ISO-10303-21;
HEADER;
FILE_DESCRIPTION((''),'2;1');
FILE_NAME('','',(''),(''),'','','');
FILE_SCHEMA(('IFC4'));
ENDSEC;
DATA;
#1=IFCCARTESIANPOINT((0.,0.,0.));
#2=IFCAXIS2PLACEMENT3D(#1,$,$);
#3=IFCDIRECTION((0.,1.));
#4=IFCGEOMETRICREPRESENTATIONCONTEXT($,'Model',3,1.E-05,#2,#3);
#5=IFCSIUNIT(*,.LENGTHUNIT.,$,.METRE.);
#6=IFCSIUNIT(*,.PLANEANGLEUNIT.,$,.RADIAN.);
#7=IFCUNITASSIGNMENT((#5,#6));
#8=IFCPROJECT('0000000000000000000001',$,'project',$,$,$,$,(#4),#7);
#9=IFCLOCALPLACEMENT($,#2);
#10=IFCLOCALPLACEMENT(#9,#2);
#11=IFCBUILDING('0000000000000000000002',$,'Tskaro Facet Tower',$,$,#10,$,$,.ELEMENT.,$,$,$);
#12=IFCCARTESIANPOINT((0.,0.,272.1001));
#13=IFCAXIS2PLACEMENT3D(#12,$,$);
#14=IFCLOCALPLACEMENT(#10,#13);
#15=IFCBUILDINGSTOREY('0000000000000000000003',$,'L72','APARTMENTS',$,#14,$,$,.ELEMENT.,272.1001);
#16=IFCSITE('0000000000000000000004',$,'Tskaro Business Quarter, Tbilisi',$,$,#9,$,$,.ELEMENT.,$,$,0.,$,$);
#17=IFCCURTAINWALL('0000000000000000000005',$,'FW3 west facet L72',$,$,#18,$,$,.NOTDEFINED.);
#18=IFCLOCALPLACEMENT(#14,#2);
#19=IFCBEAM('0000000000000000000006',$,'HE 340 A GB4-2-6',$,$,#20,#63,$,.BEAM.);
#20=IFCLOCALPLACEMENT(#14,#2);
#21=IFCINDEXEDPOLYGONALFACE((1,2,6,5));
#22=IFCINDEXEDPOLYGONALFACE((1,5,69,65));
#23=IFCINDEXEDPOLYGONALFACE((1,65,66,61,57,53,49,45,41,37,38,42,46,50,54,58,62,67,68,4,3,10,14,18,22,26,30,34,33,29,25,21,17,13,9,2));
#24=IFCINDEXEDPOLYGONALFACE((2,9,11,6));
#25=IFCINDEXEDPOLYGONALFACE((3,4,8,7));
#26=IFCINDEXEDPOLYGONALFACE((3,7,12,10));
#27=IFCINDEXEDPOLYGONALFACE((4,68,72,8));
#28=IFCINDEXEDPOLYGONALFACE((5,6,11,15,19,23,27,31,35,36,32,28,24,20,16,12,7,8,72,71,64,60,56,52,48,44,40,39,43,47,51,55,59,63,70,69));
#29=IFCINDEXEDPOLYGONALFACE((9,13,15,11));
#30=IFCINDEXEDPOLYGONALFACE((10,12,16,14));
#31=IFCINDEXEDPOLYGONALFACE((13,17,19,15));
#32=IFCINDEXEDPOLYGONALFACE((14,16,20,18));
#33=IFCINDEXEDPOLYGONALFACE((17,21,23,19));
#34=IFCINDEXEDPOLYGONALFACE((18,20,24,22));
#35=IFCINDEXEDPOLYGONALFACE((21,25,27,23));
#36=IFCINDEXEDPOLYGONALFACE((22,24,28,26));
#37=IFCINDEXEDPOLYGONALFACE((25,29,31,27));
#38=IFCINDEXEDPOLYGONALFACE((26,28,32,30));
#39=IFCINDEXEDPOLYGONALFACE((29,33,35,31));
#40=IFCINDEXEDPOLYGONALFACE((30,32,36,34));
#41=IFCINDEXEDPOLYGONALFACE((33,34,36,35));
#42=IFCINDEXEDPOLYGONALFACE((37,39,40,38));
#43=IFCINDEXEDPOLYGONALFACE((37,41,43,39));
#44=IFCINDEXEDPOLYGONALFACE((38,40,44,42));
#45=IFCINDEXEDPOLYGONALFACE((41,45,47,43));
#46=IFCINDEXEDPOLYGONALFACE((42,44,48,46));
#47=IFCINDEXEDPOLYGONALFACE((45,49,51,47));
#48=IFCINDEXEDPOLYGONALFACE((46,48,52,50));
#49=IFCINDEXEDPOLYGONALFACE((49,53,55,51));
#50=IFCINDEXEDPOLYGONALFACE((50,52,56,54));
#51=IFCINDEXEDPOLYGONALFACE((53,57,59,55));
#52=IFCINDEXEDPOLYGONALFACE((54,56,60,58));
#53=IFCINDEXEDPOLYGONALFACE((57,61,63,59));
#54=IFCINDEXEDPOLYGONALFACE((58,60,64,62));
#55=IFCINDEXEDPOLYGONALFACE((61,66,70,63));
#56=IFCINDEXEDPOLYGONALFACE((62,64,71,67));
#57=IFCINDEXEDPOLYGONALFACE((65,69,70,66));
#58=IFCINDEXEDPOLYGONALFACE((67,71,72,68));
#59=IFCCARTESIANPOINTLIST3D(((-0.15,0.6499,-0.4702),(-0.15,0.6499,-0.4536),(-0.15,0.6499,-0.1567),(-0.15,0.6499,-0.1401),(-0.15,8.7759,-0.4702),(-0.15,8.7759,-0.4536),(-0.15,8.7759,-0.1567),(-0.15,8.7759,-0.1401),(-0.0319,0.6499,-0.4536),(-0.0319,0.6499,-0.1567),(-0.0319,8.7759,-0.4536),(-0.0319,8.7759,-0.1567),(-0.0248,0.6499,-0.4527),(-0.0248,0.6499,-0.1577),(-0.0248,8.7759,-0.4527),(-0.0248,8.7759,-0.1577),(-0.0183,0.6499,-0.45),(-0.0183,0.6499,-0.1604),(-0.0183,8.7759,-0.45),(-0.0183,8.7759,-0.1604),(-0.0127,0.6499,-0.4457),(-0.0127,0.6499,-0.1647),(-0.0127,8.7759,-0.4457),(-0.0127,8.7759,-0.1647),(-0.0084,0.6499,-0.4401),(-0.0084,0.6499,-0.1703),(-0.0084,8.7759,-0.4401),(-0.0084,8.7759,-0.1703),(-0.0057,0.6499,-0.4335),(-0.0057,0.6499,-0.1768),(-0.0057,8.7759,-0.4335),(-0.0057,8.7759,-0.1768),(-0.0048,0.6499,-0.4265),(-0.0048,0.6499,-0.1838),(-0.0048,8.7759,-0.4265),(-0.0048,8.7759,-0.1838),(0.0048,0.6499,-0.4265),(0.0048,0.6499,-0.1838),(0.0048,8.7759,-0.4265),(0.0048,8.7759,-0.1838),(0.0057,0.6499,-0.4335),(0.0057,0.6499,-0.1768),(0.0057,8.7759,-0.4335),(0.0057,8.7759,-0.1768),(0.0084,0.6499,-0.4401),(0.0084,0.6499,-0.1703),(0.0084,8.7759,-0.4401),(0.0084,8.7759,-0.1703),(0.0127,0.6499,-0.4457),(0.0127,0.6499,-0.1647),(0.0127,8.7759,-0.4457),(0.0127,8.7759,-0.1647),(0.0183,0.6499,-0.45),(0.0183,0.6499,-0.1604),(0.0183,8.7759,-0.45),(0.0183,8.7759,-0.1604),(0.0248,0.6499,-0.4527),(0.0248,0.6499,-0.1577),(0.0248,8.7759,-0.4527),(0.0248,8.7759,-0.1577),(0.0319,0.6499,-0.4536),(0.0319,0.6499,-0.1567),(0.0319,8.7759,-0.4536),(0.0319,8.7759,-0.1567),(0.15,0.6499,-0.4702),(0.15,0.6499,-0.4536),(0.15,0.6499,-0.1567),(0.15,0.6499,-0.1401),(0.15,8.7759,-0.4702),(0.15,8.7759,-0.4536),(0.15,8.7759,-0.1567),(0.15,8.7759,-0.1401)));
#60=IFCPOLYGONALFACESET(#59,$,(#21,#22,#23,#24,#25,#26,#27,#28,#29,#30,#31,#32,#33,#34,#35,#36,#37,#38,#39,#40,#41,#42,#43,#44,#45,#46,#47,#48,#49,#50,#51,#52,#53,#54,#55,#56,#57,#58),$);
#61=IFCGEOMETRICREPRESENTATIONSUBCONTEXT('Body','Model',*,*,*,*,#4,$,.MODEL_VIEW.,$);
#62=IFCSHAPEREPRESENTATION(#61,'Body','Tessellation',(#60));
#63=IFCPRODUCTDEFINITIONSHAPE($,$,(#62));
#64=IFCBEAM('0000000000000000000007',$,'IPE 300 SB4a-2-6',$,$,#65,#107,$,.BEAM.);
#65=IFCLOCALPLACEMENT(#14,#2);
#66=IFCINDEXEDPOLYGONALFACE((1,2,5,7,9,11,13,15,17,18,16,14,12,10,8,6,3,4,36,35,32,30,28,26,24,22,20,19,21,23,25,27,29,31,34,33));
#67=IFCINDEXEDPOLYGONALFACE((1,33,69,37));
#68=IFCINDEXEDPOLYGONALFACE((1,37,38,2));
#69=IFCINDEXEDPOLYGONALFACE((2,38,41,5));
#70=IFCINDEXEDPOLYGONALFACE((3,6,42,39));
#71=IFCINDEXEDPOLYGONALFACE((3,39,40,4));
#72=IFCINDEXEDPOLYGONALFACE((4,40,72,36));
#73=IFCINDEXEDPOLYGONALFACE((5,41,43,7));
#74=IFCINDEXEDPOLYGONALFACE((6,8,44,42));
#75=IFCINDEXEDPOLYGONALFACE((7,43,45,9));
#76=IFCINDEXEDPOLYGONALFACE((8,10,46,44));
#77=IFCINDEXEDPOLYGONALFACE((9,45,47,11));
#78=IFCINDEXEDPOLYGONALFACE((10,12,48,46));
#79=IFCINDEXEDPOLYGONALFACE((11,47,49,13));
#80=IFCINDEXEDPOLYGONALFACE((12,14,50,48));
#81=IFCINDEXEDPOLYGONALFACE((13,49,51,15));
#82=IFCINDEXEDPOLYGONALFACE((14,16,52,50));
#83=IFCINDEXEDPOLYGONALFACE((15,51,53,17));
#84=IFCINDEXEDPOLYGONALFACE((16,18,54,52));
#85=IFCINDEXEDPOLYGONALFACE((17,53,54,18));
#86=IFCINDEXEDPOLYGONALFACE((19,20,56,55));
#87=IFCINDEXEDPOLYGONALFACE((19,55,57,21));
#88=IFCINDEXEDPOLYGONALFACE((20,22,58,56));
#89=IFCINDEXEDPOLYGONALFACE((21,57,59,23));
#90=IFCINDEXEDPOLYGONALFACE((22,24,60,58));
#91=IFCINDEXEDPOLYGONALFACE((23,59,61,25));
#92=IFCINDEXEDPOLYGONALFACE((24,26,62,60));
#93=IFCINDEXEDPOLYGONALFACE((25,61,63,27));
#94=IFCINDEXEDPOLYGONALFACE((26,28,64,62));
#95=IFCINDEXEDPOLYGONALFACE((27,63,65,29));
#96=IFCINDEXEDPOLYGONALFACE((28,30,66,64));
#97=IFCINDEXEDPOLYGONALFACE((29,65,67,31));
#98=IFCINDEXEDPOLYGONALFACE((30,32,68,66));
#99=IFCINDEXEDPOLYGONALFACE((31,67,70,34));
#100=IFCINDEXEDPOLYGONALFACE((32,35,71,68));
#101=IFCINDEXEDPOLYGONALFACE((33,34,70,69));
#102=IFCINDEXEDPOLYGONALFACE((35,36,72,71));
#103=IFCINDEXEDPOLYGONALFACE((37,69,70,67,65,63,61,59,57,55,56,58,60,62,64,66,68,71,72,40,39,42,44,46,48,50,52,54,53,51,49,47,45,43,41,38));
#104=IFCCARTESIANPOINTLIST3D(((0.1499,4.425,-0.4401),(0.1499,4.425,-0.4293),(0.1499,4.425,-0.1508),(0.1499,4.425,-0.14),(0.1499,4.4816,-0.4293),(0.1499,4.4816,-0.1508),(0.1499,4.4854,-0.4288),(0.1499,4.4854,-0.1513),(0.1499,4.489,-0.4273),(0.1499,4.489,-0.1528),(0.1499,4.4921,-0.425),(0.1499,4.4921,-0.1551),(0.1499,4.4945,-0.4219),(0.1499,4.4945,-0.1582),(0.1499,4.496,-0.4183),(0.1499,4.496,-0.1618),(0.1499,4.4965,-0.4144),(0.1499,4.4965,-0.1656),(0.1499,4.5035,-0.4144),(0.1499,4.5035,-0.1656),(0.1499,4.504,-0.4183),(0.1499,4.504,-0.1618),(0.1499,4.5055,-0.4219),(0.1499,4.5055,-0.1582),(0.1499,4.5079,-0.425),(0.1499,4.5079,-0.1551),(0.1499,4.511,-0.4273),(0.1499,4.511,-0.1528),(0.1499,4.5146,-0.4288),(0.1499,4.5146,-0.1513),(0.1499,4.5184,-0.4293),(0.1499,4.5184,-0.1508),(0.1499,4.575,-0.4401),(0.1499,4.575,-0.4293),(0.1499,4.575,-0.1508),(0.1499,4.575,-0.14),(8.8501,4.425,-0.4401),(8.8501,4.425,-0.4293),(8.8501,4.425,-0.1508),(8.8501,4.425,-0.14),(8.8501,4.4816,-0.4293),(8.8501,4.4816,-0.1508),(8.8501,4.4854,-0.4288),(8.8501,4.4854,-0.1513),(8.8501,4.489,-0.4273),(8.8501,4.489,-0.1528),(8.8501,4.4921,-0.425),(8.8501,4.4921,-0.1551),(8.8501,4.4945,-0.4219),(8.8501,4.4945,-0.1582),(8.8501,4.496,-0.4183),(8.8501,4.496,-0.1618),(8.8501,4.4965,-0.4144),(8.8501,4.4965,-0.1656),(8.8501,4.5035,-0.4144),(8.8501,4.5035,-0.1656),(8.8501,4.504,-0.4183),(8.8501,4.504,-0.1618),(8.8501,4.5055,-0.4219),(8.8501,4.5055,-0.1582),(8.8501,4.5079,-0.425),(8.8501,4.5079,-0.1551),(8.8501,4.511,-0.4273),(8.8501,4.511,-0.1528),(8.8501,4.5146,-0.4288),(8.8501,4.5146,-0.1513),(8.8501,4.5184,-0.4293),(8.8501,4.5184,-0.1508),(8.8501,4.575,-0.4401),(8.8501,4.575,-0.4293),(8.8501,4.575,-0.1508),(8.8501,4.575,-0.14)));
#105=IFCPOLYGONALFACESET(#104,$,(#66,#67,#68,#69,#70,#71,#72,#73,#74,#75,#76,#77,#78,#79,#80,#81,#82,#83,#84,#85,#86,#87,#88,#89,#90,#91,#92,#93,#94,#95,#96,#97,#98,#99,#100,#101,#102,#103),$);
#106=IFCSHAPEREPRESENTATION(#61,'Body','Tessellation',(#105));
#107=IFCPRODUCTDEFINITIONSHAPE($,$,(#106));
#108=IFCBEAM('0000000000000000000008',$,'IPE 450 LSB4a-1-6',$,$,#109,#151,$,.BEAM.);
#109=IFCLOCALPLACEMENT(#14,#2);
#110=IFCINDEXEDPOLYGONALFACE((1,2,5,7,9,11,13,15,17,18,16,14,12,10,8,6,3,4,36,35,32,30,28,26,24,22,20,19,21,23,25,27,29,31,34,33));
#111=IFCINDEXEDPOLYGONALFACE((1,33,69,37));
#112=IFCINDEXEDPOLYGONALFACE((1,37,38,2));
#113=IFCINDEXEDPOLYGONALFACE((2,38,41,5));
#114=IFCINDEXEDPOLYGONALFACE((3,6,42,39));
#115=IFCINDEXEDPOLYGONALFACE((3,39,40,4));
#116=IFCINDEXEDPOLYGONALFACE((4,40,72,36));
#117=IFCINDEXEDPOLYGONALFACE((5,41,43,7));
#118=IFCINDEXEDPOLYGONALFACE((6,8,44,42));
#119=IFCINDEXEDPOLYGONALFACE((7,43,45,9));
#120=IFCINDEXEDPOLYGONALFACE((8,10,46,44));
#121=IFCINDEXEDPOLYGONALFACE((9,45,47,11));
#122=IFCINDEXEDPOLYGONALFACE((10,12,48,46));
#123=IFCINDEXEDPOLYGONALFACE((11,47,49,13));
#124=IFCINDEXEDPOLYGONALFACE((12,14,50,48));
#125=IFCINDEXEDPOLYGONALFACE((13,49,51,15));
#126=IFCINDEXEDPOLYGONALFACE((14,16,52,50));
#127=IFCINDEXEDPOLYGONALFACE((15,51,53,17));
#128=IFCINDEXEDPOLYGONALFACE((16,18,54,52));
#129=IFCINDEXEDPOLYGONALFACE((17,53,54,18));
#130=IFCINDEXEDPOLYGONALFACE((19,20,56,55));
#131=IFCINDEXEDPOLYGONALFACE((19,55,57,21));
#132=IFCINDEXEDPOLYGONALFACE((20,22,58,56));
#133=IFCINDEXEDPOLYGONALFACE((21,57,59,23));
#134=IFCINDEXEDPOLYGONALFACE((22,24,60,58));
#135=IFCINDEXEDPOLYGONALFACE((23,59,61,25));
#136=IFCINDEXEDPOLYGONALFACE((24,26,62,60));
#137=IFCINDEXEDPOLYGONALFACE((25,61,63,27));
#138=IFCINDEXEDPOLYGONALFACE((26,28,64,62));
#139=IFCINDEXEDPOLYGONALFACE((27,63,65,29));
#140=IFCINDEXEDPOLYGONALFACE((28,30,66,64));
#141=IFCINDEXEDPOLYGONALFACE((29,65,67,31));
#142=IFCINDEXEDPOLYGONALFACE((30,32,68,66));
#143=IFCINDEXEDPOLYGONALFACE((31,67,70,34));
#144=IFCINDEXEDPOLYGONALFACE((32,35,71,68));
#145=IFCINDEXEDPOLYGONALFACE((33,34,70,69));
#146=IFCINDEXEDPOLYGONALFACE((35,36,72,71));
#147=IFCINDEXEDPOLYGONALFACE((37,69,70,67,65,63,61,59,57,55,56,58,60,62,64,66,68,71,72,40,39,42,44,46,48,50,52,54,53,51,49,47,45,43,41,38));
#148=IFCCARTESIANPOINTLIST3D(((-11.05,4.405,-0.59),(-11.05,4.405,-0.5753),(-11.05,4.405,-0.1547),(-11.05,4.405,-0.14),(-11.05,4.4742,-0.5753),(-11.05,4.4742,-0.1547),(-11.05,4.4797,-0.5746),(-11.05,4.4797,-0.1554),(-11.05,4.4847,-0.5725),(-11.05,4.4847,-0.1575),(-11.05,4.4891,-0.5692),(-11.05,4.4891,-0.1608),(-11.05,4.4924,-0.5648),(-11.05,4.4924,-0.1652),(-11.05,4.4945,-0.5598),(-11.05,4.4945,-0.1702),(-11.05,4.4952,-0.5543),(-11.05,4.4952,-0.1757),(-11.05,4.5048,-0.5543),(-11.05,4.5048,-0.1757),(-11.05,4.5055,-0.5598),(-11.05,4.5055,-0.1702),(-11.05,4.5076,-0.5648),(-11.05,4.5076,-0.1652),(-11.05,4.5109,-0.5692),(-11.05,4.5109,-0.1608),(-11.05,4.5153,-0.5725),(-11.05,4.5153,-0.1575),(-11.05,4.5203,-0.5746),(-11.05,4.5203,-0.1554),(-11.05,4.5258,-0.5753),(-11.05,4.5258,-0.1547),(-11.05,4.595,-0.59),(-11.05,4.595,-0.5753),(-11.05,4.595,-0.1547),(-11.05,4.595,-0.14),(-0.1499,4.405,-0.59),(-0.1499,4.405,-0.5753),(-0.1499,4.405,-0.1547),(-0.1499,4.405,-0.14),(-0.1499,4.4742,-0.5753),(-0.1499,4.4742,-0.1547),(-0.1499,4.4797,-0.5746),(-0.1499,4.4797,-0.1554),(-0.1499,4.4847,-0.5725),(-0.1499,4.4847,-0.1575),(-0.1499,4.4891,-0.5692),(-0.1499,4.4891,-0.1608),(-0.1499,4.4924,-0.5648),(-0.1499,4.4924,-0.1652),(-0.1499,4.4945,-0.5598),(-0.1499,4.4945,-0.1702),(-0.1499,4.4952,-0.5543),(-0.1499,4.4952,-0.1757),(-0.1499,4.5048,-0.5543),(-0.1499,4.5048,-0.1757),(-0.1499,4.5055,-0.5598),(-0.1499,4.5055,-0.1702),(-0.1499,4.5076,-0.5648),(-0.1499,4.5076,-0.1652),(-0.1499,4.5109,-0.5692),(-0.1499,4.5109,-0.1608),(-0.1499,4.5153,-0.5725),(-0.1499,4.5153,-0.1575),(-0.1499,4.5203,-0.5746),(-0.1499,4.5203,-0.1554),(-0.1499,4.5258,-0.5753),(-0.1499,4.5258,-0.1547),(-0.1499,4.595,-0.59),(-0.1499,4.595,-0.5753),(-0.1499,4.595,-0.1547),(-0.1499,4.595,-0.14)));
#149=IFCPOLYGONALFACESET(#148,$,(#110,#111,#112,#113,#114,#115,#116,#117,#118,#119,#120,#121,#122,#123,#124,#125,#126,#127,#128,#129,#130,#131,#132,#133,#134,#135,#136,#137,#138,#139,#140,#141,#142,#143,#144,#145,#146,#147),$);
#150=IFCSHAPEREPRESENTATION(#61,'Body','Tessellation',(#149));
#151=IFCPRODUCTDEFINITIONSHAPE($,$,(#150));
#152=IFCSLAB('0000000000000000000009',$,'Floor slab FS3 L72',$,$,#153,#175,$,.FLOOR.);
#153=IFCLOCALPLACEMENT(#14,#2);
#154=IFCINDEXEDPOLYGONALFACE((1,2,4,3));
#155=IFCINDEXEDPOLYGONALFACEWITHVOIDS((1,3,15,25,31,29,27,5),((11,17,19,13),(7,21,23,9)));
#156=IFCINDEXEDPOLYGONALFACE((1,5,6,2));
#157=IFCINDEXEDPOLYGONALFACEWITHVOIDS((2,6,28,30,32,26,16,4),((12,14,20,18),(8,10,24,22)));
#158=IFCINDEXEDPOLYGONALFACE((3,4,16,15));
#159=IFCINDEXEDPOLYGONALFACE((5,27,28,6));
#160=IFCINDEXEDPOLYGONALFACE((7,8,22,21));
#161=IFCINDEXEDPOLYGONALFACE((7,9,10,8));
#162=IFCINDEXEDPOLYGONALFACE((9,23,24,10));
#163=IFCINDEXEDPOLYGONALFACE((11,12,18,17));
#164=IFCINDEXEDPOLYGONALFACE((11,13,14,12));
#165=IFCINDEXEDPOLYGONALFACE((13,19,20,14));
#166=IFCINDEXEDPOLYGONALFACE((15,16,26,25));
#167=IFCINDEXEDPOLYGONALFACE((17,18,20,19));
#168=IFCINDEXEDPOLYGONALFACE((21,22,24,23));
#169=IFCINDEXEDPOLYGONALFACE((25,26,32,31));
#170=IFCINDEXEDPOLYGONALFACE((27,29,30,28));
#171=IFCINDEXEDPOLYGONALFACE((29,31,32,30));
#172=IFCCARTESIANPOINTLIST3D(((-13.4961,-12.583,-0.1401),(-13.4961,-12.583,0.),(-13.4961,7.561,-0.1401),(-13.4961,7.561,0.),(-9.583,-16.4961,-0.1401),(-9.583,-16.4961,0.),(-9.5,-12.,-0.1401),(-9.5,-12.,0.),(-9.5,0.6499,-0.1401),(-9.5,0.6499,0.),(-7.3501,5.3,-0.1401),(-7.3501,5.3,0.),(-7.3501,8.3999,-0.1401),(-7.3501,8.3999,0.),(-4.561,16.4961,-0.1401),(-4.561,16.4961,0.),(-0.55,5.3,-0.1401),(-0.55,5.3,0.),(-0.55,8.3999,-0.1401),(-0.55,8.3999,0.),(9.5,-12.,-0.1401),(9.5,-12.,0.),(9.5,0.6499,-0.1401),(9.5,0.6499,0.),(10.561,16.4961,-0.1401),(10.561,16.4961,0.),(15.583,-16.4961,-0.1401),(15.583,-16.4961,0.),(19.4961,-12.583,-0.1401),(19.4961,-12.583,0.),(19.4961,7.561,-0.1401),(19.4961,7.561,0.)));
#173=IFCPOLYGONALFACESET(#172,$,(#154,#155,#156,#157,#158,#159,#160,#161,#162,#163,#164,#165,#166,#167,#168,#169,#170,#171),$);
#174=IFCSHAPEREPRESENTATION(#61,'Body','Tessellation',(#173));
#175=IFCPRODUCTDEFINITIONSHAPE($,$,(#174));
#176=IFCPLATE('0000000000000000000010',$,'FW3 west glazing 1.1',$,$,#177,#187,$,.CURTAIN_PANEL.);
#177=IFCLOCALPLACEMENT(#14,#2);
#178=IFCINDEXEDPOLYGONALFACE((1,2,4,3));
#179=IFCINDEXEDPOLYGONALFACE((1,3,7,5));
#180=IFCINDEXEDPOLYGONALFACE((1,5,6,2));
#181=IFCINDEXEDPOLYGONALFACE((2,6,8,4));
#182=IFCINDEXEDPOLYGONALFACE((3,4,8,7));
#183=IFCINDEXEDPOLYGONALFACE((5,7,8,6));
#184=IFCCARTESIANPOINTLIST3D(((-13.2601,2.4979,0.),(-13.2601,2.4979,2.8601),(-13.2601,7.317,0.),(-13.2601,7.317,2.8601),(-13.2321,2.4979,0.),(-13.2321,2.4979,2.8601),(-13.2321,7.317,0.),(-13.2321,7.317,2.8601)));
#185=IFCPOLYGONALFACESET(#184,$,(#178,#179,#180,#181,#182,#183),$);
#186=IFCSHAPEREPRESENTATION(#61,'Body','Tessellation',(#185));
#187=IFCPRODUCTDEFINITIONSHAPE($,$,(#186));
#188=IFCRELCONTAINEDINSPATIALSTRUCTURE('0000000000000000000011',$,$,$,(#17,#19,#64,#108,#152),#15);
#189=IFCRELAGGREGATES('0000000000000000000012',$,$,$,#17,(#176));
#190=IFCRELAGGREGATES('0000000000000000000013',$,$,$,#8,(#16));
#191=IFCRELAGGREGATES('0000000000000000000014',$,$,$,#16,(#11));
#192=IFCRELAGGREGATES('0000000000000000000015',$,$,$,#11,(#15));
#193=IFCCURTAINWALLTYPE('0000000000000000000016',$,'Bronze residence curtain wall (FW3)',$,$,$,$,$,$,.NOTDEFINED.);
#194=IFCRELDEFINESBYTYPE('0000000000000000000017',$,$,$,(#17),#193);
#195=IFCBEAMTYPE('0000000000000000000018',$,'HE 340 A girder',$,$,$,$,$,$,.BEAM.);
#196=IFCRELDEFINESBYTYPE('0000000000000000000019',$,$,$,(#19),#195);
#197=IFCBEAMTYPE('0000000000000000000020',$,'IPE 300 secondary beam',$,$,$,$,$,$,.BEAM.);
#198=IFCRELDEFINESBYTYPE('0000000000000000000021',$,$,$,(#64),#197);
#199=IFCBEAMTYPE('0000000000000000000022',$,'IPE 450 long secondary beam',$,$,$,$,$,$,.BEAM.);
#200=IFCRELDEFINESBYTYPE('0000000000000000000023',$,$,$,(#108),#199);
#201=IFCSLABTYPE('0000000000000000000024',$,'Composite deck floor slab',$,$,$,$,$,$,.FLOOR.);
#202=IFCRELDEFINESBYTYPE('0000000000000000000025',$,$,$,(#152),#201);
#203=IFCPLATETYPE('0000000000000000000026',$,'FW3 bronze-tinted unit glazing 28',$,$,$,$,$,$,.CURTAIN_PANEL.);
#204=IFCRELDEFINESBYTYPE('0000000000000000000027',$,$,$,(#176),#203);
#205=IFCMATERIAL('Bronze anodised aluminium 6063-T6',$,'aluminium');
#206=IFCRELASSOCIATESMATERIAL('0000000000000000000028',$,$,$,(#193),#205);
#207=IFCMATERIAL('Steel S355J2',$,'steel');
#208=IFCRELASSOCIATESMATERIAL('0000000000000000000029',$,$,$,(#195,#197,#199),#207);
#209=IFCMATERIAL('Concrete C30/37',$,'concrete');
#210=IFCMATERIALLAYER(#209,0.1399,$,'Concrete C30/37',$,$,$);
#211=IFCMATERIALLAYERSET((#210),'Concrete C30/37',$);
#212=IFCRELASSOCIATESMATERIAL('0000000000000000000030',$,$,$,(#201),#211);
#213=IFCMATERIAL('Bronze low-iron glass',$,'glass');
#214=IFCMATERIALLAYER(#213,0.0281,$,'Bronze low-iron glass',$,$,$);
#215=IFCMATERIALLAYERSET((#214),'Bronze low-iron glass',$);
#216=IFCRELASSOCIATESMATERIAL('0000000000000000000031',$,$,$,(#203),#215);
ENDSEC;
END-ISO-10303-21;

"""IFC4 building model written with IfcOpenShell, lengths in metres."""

from ifc_helpers import new_model, si_unit, direction, frame, origin, origin_2d, place, context, subcontext, project, spatial, polyline, rectangle, i_section, outline, extrude, material, layer, layer_set, material_profile, profile_set, type_object, element, aggregate, save


model = new_model("IFC4")

# Units and contexts
model_context = context("Model", 3, precision=1e-05, world=origin(), true_north=direction((0.0, 1.0)))
body_context = subcontext(model_context, "Body", "Model", "MODEL_VIEW")
ifc_project = project(units=[si_unit("LENGTHUNIT", "METRE"), si_unit("PLANEANGLEUNIT", "RADIAN")], contexts=[model_context])

# Site, building, storey
site_placement = place(None, origin())
site = spatial("IfcSite", under=ifc_project, at=site_placement, Name="Tskaro Business Quarter, Tbilisi", CompositionType="ELEMENT", RefElevation=0.0)
building_placement = place(site_placement, origin())
building = spatial("IfcBuilding", under=site, at=building_placement, Name="Tskaro Facet Tower", CompositionType="ELEMENT")
storey_placement = place(building_placement, frame((0.0, 0.0, 272.1001)))
storey = spatial("IfcBuildingStorey", under=building, at=storey_placement, Name="L72", Description="APARTMENTS", CompositionType="ELEMENT", Elevation=272.1001)

# Curtain wall
ifc_material_1 = material(Name="Bronze anodised aluminium 6063-T6", Category="aluminium")
curtain_wall_type = type_object("IfcCurtainWallType", Name="Bronze residence curtain wall (FW3)", PredefinedType="NOTDEFINED", material=ifc_material_1)
curtain_wall_placement = place(storey_placement, origin())
curtain_wall = element("IfcCurtainWall", 1, at=curtain_wall_placement, inside=storey, type_object=curtain_wall_type, Name="FW3 west facet L72", PredefinedType="NOTDEFINED")

# Beams
ifc_material_2 = material(Name="Steel S355J2", Category="steel")
ifc_material_profile_1 = material_profile(ifc_material_2, i_section(OverallWidth=0.3, OverallDepth=0.3301, WebThickness=0.0095, FlangeThickness=0.0166, FilletRadius=0.0271, at=origin_2d()), Name="HE 340 A")
ifc_profile_set_1 = profile_set([ifc_material_profile_1], Name="Steel S355J2")
beam_type_1 = type_object("IfcBeamType", Name="HE 340 A girder", PredefinedType="BEAM", material=ifc_profile_set_1)
beam_1_placement = place(storey_placement, frame((0.0, 0.6499, -0.3052), z_axis=(0.0, 1.0, 0.0), x_axis=(-1.0, 0.0, 0.0)))
element("IfcBeam", 2, at=beam_1_placement, inside=storey, type_object=beam_type_1, Name="HE 340 A GB4-2-6", PredefinedType="BEAM", context=body_context, shape_type="SweptSolid", body=[
    extrude(i_section(OverallWidth=0.3, OverallDepth=0.3301, WebThickness=0.0095, FlangeThickness=0.0166, FilletRadius=0.0271, at=origin_2d()), origin(), (0.0, 0.0, 1.0), 8.126),
])
ifc_material_profile_2 = material_profile(ifc_material_2, i_section(OverallWidth=0.1499, OverallDepth=0.3, WebThickness=0.0071, FlangeThickness=0.0107, FilletRadius=0.0149, at=origin_2d()), Name="IPE 300")
ifc_profile_set_2 = profile_set([ifc_material_profile_2], Name="Steel S355J2")
beam_type_2 = type_object("IfcBeamType", Name="IPE 300 secondary beam", PredefinedType="BEAM", material=ifc_profile_set_2)
beam_2_placement = place(storey_placement, frame((0.1499, 4.5, -0.29), z_axis=(1.0, 0.0, 0.0), x_axis=(0.0, 1.0, 0.0)))
element("IfcBeam", 3, at=beam_2_placement, inside=storey, type_object=beam_type_2, Name="IPE 300 SB4a-2-6", PredefinedType="BEAM", context=body_context, shape_type="SweptSolid", body=[
    extrude(i_section(OverallWidth=0.1499, OverallDepth=0.3, WebThickness=0.0071, FlangeThickness=0.0107, FilletRadius=0.0149, at=origin_2d()), origin(), (0.0, 0.0, 1.0), 8.7002),
])
ifc_material_profile_3 = material_profile(ifc_material_2, i_section(OverallWidth=0.1899, OverallDepth=0.45, WebThickness=0.0095, FlangeThickness=0.0146, FilletRadius=0.021, at=origin_2d()), Name="IPE 450")
ifc_profile_set_3 = profile_set([ifc_material_profile_3], Name="Steel S355J2")
beam_type_3 = type_object("IfcBeamType", Name="IPE 450 long secondary beam", PredefinedType="BEAM", material=ifc_profile_set_3)
beam_3_placement = place(storey_placement, frame((-11.05, 4.5, -0.365), z_axis=(1.0, 0.0, 0.0), x_axis=(0.0, 1.0, 0.0)))
element("IfcBeam", 4, at=beam_3_placement, inside=storey, type_object=beam_type_3, Name="IPE 450 LSB4a-1-6", PredefinedType="BEAM", context=body_context, shape_type="SweptSolid", body=[
    extrude(i_section(OverallWidth=0.1899, OverallDepth=0.45, WebThickness=0.0095, FlangeThickness=0.0146, FilletRadius=0.021, at=origin_2d()), origin(), (0.0, 0.0, 1.0), 10.9001),
])

# Slab
ifc_material_3 = material(Name="Concrete C30/37", Category="concrete")
ifc_layer_1 = layer(ifc_material_3, 0.1399, Name="Concrete C30/37")
ifc_layer_set_1 = layer_set([ifc_layer_1], Name="Concrete C30/37")
slab_type_1 = type_object("IfcSlabType", Name="Composite deck floor slab", PredefinedType="FLOOR", material=ifc_layer_set_1)
slab_1_placement = place(storey_placement, frame((0.0, 0.0, -0.1401)))
element("IfcSlab", 5, at=slab_1_placement, inside=storey, type_object=slab_type_1, Name="Floor slab FS3 L72", PredefinedType="FLOOR", context=body_context, shape_type="SweptSolid", body=[
    extrude(outline(polyline([(-9.583, -16.4961), (15.583, -16.4961), (19.4961, -12.583), (19.4961, 7.561), (10.561, 16.4961), (-4.561, 16.4961), (-13.4961, 7.561), (-13.4961, -12.583), (-9.583, -16.4961)]), holes=[polyline([(-9.5, -12.0), (9.5, -12.0), (9.5, 0.6499), (-9.5, 0.6499), (-9.5, -12.0)]), polyline([(-7.3501, 5.3), (-0.55, 5.3), (-0.55, 8.3999), (-7.3501, 8.3999), (-7.3501, 5.3)])]), origin(), (0.0, 0.0, 1.0), 0.1401),
])

# Plate
ifc_material_4 = material(Name="Bronze low-iron glass", Category="glass")
ifc_layer_2 = layer(ifc_material_4, 0.0281, Name="Bronze low-iron glass")
ifc_layer_set_2 = layer_set([ifc_layer_2], Name="Bronze low-iron glass")
plate_type = type_object("IfcPlateType", Name="FW3 bronze-tinted unit glazing 28", PredefinedType="CURTAIN_PANEL", material=ifc_layer_set_2)
plate_1_placement = place(storey_placement, frame((-13.2461, 4.9075, 0.0), z_axis=(0.0, 0.0, 1.0), x_axis=(0.0, -1.0, 0.0)))
plate_1 = element("IfcPlate", 6, at=plate_1_placement, type_object=plate_type, Name="FW3 west glazing 1.1", PredefinedType="CURTAIN_PANEL", context=body_context, shape_type="SweptSolid", body=[
    extrude(rectangle(XDim=4.8191, YDim=0.0281, at=origin_2d()), origin(), (0.0, 0.0, 1.0), 2.8601),
])
aggregate(curtain_wall, [plate_1])

save(model, "model.ifc")
